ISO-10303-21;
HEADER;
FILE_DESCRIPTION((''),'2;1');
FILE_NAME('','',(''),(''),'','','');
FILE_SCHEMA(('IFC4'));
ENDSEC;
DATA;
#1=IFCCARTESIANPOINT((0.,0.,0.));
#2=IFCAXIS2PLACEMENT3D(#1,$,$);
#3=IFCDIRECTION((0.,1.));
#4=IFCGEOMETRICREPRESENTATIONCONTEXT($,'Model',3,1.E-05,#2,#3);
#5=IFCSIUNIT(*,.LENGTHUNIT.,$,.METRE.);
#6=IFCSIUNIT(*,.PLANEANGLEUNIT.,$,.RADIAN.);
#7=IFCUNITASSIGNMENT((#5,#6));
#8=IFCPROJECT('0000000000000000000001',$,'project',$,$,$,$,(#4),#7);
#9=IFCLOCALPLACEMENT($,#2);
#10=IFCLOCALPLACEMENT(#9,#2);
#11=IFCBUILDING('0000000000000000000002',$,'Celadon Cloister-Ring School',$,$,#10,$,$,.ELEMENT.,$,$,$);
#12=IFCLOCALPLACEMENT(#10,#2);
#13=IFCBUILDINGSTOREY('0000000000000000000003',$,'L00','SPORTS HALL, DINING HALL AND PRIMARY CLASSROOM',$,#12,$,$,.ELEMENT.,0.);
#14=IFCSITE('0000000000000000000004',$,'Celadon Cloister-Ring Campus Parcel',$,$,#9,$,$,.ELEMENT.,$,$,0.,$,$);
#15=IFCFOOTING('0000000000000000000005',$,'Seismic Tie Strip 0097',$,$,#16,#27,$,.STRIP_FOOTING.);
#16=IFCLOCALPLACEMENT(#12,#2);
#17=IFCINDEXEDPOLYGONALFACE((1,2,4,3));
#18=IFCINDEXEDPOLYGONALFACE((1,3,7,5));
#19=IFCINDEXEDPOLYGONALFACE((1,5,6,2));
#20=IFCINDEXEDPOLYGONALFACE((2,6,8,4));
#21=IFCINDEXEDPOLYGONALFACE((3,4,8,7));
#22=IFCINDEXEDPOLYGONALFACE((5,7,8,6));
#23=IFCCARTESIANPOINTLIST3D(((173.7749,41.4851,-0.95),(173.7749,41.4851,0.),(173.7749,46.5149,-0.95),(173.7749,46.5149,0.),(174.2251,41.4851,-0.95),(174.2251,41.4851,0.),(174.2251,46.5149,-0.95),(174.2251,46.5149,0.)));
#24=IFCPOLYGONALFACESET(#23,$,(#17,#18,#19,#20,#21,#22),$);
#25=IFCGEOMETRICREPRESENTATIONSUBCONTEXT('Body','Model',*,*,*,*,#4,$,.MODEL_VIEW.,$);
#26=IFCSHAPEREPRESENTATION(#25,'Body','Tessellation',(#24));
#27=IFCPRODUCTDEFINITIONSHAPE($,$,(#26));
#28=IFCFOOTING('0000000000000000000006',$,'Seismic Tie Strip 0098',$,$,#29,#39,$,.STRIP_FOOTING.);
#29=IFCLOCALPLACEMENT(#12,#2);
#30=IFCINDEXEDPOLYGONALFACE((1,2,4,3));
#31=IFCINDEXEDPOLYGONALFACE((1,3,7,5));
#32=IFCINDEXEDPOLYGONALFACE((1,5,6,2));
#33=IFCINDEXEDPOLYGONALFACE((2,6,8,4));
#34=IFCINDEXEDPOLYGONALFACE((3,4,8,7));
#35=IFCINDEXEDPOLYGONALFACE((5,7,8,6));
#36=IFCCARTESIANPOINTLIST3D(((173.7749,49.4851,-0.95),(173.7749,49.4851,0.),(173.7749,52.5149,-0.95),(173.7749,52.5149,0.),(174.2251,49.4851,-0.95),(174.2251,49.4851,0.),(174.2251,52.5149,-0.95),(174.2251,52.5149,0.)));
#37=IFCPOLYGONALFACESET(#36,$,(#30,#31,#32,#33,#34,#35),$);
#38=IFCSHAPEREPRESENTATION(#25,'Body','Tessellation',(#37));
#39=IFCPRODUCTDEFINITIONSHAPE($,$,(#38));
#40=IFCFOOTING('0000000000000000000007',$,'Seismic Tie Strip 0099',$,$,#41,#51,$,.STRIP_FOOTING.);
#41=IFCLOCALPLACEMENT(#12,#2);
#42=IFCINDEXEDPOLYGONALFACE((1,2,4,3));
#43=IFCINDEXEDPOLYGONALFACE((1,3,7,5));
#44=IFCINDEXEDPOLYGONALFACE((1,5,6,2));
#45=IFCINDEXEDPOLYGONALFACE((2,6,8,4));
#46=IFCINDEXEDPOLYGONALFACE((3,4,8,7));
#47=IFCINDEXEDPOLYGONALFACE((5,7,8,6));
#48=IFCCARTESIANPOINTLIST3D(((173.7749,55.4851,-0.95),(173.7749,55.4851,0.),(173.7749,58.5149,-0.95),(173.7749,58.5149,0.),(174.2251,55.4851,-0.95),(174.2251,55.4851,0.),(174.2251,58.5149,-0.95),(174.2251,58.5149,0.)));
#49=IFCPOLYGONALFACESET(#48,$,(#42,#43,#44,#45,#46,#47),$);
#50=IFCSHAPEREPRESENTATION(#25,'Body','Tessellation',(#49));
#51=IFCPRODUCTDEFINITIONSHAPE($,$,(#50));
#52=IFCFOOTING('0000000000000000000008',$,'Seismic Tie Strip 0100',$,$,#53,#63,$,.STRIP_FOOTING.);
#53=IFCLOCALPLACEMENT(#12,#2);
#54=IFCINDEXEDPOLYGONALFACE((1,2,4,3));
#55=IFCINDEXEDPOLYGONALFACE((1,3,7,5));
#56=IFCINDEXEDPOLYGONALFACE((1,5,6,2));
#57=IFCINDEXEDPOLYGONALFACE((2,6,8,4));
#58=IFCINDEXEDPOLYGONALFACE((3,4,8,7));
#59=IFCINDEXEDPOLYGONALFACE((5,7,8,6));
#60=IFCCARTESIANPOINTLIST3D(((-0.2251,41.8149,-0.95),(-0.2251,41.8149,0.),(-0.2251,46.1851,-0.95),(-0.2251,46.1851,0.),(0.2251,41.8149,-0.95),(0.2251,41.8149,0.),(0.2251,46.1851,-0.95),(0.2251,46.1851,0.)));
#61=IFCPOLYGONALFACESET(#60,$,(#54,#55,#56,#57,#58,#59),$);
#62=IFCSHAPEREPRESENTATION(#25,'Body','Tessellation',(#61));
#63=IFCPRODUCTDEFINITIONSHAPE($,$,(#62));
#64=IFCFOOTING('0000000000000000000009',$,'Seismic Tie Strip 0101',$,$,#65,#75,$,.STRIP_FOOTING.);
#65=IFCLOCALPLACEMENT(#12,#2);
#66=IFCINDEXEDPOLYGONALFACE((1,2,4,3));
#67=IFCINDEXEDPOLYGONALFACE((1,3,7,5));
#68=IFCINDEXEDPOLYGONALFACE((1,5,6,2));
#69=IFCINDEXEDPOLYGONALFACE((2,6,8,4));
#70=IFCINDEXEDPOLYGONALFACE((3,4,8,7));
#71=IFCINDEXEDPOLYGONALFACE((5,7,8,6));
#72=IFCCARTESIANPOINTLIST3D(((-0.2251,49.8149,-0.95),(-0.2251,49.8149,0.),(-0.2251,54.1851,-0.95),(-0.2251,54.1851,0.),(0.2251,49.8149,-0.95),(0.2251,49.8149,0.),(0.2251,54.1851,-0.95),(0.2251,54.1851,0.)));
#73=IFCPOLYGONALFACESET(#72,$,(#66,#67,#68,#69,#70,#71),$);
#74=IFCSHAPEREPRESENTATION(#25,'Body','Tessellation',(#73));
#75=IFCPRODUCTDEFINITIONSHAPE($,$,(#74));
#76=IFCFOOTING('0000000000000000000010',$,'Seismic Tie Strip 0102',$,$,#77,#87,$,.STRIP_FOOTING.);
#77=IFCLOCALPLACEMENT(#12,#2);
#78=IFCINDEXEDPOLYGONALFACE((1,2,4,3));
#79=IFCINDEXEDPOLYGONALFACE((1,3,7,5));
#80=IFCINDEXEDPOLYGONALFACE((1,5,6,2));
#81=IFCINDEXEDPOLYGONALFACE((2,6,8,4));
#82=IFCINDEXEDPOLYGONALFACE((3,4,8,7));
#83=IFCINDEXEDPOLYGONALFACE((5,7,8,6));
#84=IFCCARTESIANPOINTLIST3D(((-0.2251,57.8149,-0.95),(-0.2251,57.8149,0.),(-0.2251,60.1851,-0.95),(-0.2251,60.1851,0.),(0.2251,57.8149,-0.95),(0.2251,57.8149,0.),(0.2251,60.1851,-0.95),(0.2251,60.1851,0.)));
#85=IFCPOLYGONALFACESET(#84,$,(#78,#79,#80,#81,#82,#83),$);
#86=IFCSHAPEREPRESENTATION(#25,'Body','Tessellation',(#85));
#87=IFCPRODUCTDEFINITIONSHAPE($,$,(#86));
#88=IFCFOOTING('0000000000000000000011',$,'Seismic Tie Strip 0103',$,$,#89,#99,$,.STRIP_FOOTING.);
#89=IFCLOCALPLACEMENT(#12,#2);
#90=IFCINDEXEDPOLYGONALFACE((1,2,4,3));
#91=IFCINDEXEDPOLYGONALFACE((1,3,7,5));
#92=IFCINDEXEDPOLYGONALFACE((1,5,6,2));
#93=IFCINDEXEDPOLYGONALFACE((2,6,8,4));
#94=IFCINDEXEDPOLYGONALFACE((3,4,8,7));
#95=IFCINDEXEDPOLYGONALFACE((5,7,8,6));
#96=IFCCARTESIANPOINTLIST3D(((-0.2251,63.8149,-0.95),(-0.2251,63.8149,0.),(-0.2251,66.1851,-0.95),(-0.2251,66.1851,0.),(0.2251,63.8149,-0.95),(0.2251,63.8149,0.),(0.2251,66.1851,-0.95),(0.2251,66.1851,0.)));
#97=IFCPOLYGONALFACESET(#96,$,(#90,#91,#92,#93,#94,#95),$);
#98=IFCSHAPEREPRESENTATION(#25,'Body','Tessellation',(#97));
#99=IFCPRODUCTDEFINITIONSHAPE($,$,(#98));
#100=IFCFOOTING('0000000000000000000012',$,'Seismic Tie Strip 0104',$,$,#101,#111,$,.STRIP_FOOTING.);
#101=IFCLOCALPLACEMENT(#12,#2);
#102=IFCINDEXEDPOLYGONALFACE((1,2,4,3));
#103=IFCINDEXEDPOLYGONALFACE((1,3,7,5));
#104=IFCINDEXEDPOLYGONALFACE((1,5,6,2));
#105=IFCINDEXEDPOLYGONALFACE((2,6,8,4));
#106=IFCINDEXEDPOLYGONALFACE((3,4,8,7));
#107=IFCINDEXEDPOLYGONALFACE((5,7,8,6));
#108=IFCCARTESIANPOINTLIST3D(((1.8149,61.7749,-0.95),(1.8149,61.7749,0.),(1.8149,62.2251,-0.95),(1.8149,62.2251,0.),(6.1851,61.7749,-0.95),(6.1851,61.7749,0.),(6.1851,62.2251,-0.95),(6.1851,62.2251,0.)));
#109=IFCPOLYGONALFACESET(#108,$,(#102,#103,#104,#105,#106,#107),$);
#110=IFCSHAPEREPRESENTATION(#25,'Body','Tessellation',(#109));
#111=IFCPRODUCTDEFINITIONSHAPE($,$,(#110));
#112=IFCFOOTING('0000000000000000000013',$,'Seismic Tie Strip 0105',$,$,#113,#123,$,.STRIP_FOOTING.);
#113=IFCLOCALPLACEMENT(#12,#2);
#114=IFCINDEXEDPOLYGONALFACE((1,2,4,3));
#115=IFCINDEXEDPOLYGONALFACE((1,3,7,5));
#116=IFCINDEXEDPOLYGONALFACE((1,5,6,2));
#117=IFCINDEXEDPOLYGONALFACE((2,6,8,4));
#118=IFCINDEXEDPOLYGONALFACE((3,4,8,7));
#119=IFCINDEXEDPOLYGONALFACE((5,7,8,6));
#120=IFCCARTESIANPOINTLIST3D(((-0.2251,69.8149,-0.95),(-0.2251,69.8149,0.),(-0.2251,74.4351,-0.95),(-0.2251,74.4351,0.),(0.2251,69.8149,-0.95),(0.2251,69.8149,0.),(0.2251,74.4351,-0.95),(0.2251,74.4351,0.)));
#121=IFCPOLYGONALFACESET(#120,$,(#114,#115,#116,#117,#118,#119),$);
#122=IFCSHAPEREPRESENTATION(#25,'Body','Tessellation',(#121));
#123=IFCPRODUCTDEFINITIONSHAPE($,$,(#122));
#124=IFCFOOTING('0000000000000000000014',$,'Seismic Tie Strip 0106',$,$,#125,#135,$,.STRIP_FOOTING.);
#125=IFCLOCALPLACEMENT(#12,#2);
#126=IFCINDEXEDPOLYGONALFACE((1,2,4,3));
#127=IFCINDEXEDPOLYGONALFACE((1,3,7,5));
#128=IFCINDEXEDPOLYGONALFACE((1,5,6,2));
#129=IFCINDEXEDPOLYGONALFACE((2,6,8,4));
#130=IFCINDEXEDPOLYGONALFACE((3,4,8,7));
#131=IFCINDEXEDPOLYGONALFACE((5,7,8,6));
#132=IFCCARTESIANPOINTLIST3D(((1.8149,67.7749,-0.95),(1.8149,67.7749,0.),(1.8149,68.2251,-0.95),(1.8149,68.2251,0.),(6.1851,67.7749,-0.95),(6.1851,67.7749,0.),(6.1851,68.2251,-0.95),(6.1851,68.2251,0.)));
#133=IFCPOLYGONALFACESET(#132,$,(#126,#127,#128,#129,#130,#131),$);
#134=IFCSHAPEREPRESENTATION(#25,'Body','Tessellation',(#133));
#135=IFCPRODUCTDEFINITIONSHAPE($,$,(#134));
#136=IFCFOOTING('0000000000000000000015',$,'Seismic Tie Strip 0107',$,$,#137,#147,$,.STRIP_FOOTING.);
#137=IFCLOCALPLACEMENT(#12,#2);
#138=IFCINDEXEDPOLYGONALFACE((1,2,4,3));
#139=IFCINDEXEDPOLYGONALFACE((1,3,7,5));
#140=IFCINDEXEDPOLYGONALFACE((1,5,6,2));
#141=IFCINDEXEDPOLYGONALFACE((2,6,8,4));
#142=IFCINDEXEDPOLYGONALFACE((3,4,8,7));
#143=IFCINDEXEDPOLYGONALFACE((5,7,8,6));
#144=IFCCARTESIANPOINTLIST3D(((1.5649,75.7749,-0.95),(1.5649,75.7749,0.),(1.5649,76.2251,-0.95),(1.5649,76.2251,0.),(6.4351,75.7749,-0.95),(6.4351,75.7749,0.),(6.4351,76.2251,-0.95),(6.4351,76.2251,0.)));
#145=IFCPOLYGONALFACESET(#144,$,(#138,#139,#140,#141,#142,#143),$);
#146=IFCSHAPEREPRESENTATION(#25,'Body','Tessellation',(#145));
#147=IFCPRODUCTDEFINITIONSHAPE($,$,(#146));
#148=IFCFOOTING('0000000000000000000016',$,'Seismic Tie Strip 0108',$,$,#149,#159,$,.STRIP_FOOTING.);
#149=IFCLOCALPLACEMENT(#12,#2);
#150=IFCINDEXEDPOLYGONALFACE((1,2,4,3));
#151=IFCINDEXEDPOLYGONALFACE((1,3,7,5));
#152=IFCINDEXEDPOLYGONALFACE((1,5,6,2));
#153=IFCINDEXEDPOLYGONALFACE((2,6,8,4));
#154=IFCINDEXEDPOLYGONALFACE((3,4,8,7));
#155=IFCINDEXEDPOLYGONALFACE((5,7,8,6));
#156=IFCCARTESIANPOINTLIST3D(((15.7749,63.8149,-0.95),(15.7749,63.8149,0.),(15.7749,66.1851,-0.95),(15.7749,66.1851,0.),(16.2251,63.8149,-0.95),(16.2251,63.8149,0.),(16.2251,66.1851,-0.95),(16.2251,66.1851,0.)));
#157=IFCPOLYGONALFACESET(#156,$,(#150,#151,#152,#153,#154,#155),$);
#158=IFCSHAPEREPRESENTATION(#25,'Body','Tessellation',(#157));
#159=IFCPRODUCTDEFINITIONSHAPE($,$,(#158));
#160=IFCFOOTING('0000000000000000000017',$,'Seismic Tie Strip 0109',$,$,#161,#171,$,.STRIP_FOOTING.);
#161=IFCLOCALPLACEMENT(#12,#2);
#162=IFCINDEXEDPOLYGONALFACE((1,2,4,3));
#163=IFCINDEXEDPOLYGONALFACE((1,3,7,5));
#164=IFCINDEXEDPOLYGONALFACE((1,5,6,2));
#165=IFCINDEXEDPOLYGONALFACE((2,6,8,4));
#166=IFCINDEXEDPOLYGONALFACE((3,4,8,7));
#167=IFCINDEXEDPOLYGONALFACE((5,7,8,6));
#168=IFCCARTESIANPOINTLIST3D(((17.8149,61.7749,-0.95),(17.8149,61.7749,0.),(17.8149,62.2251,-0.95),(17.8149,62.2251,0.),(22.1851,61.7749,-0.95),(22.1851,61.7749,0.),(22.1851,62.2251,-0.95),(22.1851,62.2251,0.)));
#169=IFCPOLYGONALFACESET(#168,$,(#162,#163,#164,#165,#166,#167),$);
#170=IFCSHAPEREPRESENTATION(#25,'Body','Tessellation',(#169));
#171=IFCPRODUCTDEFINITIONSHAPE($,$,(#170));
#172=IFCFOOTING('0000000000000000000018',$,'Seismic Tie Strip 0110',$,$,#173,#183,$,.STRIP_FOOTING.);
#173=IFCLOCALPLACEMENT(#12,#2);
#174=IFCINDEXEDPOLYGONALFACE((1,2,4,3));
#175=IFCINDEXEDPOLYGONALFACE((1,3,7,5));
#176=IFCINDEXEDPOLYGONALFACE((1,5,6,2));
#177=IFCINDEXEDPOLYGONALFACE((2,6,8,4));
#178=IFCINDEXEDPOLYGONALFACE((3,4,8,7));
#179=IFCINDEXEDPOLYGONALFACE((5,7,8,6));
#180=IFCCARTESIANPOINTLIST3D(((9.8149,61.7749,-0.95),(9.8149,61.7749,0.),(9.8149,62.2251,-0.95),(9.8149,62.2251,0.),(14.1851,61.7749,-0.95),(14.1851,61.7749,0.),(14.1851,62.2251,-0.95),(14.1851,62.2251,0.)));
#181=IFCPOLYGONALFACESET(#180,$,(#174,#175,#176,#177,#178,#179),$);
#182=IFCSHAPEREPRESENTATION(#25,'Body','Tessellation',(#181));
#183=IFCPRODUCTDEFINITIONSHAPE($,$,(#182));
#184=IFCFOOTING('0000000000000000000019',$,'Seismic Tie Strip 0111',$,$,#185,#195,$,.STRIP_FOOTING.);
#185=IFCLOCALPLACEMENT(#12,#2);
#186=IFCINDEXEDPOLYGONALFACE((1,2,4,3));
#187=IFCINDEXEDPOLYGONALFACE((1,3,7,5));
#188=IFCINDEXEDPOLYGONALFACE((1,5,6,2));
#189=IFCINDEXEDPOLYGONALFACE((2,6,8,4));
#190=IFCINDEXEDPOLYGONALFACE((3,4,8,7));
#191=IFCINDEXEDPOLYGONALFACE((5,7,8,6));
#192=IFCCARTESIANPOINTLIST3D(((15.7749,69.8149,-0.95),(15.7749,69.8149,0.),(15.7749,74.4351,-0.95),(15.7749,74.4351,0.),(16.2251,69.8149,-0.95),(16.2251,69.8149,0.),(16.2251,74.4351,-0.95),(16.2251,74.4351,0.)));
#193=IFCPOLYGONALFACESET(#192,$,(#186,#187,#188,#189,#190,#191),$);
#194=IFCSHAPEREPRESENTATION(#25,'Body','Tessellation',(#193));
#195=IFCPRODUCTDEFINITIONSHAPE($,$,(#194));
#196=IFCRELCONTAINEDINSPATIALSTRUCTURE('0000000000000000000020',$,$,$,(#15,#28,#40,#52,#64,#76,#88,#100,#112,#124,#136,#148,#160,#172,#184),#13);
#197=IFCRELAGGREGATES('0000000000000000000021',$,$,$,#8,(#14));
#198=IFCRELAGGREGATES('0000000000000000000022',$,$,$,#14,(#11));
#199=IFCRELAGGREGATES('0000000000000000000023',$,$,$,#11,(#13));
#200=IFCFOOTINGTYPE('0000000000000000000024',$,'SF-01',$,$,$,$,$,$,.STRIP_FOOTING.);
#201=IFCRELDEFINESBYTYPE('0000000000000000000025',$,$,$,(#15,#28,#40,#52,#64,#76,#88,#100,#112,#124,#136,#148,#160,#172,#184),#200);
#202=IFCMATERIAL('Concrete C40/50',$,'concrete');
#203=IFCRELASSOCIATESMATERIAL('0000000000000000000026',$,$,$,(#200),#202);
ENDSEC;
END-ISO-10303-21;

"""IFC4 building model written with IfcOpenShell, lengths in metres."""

from ifc_helpers import new_model, si_unit, direction, frame, origin, place, context, subcontext, project, spatial, polyline, outline, extrude, material, type_object, element, save


model = new_model("IFC4")

# Units and contexts
model_context = context("Model", 3, precision=1e-05, world=origin(), true_north=direction((0.0, 1.0)))
body_context = subcontext(model_context, "Body", "Model", "MODEL_VIEW")
ifc_project = project(units=[si_unit("LENGTHUNIT", "METRE"), si_unit("PLANEANGLEUNIT", "RADIAN")], contexts=[model_context])

# Site, building, storey
site_placement = place(None, origin())
site = spatial("IfcSite", under=ifc_project, at=site_placement, Name="Celadon Cloister-Ring Campus Parcel", CompositionType="ELEMENT", RefElevation=0.0)
building_placement = place(site_placement, origin())
building = spatial("IfcBuilding", under=site, at=building_placement, Name="Celadon Cloister-Ring School", CompositionType="ELEMENT")
storey_placement = place(building_placement, origin())
storey = spatial("IfcBuildingStorey", under=building, at=storey_placement, Name="L00", Description="SPORTS HALL, DINING HALL AND PRIMARY CLASSROOM", CompositionType="ELEMENT", Elevation=0.0)

# Footings
ifc_material = material(Name="Concrete C40/50", Category="concrete")
footing_type = type_object("IfcFootingType", Name="SF-01", PredefinedType="STRIP_FOOTING", material=ifc_material)
footing_1_placement = place(storey_placement, frame((0.0, 0.0, -0.95)))
element("IfcFooting", 1, at=footing_1_placement, inside=storey, type_object=footing_type, Name="Seismic Tie Strip 0097", PredefinedType="STRIP_FOOTING", context=body_context, shape_type="SweptSolid", body=[
    extrude(outline(polyline([(174.2251, 41.4851), (174.2251, 46.5149), (173.7749, 46.5149), (173.7749, 41.4851), (174.2251, 41.4851)])), origin(), (0.0, 0.0, 1.0), 0.95),
])
footing_2_placement = place(storey_placement, frame((0.0, 0.0, -0.95)))
element("IfcFooting", 2, at=footing_2_placement, inside=storey, type_object=footing_type, Name="Seismic Tie Strip 0098", PredefinedType="STRIP_FOOTING", context=body_context, shape_type="SweptSolid", body=[
    extrude(outline(polyline([(174.2251, 49.4851), (174.2251, 52.5149), (173.7749, 52.5149), (173.7749, 49.4851), (174.2251, 49.4851)])), origin(), (0.0, 0.0, 1.0), 0.95),
])
footing_3_placement = place(storey_placement, frame((0.0, 0.0, -0.95)))
element("IfcFooting", 3, at=footing_3_placement, inside=storey, type_object=footing_type, Name="Seismic Tie Strip 0099", PredefinedType="STRIP_FOOTING", context=body_context, shape_type="SweptSolid", body=[
    extrude(outline(polyline([(174.2251, 55.4851), (174.2251, 58.5149), (173.7749, 58.5149), (173.7749, 55.4851), (174.2251, 55.4851)])), origin(), (0.0, 0.0, 1.0), 0.95),
])
footing_4_placement = place(storey_placement, frame((0.0, 0.0, -0.95)))
element("IfcFooting", 4, at=footing_4_placement, inside=storey, type_object=footing_type, Name="Seismic Tie Strip 0100", PredefinedType="STRIP_FOOTING", context=body_context, shape_type="SweptSolid", body=[
    extrude(outline(polyline([(0.2251, 41.8149), (0.2251, 46.1851), (-0.2251, 46.1851), (-0.2251, 41.8149), (0.2251, 41.8149)])), origin(), (0.0, 0.0, 1.0), 0.95),
])
footing_5_placement = place(storey_placement, frame((0.0, 0.0, -0.95)))
element("IfcFooting", 5, at=footing_5_placement, inside=storey, type_object=footing_type, Name="Seismic Tie Strip 0101", PredefinedType="STRIP_FOOTING", context=body_context, shape_type="SweptSolid", body=[
    extrude(outline(polyline([(0.2251, 49.8149), (0.2251, 54.1851), (-0.2251, 54.1851), (-0.2251, 49.8149), (0.2251, 49.8149)])), origin(), (0.0, 0.0, 1.0), 0.95),
])
footing_6_placement = place(storey_placement, frame((0.0, 0.0, -0.95)))
element("IfcFooting", 6, at=footing_6_placement, inside=storey, type_object=footing_type, Name="Seismic Tie Strip 0102", PredefinedType="STRIP_FOOTING", context=body_context, shape_type="SweptSolid", body=[
    extrude(outline(polyline([(0.2251, 57.8149), (0.2251, 60.1851), (-0.2251, 60.1851), (-0.2251, 57.8149), (0.2251, 57.8149)])), origin(), (0.0, 0.0, 1.0), 0.95),
])
footing_7_placement = place(storey_placement, frame((0.0, 0.0, -0.95)))
element("IfcFooting", 7, at=footing_7_placement, inside=storey, type_object=footing_type, Name="Seismic Tie Strip 0103", PredefinedType="STRIP_FOOTING", context=body_context, shape_type="SweptSolid", body=[
    extrude(outline(polyline([(0.2251, 63.8149), (0.2251, 66.1851), (-0.2251, 66.1851), (-0.2251, 63.8149), (0.2251, 63.8149)])), origin(), (0.0, 0.0, 1.0), 0.95),
])
footing_8_placement = place(storey_placement, frame((0.0, 0.0, -0.95)))
element("IfcFooting", 8, at=footing_8_placement, inside=storey, type_object=footing_type, Name="Seismic Tie Strip 0104", PredefinedType="STRIP_FOOTING", context=body_context, shape_type="SweptSolid", body=[
    extrude(outline(polyline([(1.8149, 61.7749), (6.1851, 61.7749), (6.1851, 62.2251), (1.8149, 62.2251), (1.8149, 61.7749)])), origin(), (0.0, 0.0, 1.0), 0.95),
])
footing_9_placement = place(storey_placement, frame((0.0, 0.0, -0.95)))
element("IfcFooting", 9, at=footing_9_placement, inside=storey, type_object=footing_type, Name="Seismic Tie Strip 0105", PredefinedType="STRIP_FOOTING", context=body_context, shape_type="SweptSolid", body=[
    extrude(outline(polyline([(0.2251, 69.8149), (0.2251, 74.4351), (-0.2251, 74.4351), (-0.2251, 69.8149), (0.2251, 69.8149)])), origin(), (0.0, 0.0, 1.0), 0.95),
])
footing_10_placement = place(storey_placement, frame((0.0, 0.0, -0.95)))
element("IfcFooting", 10, at=footing_10_placement, inside=storey, type_object=footing_type, Name="Seismic Tie Strip 0106", PredefinedType="STRIP_FOOTING", context=body_context, shape_type="SweptSolid", body=[
    extrude(outline(polyline([(1.8149, 67.7749), (6.1851, 67.7749), (6.1851, 68.2251), (1.8149, 68.2251), (1.8149, 67.7749)])), origin(), (0.0, 0.0, 1.0), 0.95),
])
footing_11_placement = place(storey_placement, frame((0.0, 0.0, -0.95)))
element("IfcFooting", 11, at=footing_11_placement, inside=storey, type_object=footing_type, Name="Seismic Tie Strip 0107", PredefinedType="STRIP_FOOTING", context=body_context, shape_type="SweptSolid", body=[
    extrude(outline(polyline([(1.5649, 75.7749), (6.4351, 75.7749), (6.4351, 76.2251), (1.5649, 76.2251), (1.5649, 75.7749)])), origin(), (0.0, 0.0, 1.0), 0.95),
])
footing_12_placement = place(storey_placement, frame((0.0, 0.0, -0.95)))
element("IfcFooting", 12, at=footing_12_placement, inside=storey, type_object=footing_type, Name="Seismic Tie Strip 0108", PredefinedType="STRIP_FOOTING", context=body_context, shape_type="SweptSolid", body=[
    extrude(outline(polyline([(16.2251, 63.8149), (16.2251, 66.1851), (15.7749, 66.1851), (15.7749, 63.8149), (16.2251, 63.8149)])), origin(), (0.0, 0.0, 1.0), 0.95),
])
footing_13_placement = place(storey_placement, frame((0.0, 0.0, -0.95)))
element("IfcFooting", 13, at=footing_13_placement, inside=storey, type_object=footing_type, Name="Seismic Tie Strip 0109", PredefinedType="STRIP_FOOTING", context=body_context, shape_type="SweptSolid", body=[
    extrude(outline(polyline([(17.8149, 61.7749), (22.1851, 61.7749), (22.1851, 62.2251), (17.8149, 62.2251), (17.8149, 61.7749)])), origin(), (0.0, 0.0, 1.0), 0.95),
])
footing_14_placement = place(storey_placement, frame((0.0, 0.0, -0.95)))
element("IfcFooting", 14, at=footing_14_placement, inside=storey, type_object=footing_type, Name="Seismic Tie Strip 0110", PredefinedType="STRIP_FOOTING", context=body_context, shape_type="SweptSolid", body=[
    extrude(outline(polyline([(14.1851, 62.2251), (9.8149, 62.2251), (9.8149, 61.7749), (14.1851, 61.7749), (14.1851, 62.2251)])), origin(), (0.0, 0.0, 1.0), 0.95),
])
footing_15_placement = place(storey_placement, frame((0.0, 0.0, -0.95)))
element("IfcFooting", 15, at=footing_15_placement, inside=storey, type_object=footing_type, Name="Seismic Tie Strip 0111", PredefinedType="STRIP_FOOTING", context=body_context, shape_type="SweptSolid", body=[
    extrude(outline(polyline([(16.2251, 69.8149), (16.2251, 74.4351), (15.7749, 74.4351), (15.7749, 69.8149), (16.2251, 69.8149)])), origin(), (0.0, 0.0, 1.0), 0.95),
])

save(model, "model.ifc")
